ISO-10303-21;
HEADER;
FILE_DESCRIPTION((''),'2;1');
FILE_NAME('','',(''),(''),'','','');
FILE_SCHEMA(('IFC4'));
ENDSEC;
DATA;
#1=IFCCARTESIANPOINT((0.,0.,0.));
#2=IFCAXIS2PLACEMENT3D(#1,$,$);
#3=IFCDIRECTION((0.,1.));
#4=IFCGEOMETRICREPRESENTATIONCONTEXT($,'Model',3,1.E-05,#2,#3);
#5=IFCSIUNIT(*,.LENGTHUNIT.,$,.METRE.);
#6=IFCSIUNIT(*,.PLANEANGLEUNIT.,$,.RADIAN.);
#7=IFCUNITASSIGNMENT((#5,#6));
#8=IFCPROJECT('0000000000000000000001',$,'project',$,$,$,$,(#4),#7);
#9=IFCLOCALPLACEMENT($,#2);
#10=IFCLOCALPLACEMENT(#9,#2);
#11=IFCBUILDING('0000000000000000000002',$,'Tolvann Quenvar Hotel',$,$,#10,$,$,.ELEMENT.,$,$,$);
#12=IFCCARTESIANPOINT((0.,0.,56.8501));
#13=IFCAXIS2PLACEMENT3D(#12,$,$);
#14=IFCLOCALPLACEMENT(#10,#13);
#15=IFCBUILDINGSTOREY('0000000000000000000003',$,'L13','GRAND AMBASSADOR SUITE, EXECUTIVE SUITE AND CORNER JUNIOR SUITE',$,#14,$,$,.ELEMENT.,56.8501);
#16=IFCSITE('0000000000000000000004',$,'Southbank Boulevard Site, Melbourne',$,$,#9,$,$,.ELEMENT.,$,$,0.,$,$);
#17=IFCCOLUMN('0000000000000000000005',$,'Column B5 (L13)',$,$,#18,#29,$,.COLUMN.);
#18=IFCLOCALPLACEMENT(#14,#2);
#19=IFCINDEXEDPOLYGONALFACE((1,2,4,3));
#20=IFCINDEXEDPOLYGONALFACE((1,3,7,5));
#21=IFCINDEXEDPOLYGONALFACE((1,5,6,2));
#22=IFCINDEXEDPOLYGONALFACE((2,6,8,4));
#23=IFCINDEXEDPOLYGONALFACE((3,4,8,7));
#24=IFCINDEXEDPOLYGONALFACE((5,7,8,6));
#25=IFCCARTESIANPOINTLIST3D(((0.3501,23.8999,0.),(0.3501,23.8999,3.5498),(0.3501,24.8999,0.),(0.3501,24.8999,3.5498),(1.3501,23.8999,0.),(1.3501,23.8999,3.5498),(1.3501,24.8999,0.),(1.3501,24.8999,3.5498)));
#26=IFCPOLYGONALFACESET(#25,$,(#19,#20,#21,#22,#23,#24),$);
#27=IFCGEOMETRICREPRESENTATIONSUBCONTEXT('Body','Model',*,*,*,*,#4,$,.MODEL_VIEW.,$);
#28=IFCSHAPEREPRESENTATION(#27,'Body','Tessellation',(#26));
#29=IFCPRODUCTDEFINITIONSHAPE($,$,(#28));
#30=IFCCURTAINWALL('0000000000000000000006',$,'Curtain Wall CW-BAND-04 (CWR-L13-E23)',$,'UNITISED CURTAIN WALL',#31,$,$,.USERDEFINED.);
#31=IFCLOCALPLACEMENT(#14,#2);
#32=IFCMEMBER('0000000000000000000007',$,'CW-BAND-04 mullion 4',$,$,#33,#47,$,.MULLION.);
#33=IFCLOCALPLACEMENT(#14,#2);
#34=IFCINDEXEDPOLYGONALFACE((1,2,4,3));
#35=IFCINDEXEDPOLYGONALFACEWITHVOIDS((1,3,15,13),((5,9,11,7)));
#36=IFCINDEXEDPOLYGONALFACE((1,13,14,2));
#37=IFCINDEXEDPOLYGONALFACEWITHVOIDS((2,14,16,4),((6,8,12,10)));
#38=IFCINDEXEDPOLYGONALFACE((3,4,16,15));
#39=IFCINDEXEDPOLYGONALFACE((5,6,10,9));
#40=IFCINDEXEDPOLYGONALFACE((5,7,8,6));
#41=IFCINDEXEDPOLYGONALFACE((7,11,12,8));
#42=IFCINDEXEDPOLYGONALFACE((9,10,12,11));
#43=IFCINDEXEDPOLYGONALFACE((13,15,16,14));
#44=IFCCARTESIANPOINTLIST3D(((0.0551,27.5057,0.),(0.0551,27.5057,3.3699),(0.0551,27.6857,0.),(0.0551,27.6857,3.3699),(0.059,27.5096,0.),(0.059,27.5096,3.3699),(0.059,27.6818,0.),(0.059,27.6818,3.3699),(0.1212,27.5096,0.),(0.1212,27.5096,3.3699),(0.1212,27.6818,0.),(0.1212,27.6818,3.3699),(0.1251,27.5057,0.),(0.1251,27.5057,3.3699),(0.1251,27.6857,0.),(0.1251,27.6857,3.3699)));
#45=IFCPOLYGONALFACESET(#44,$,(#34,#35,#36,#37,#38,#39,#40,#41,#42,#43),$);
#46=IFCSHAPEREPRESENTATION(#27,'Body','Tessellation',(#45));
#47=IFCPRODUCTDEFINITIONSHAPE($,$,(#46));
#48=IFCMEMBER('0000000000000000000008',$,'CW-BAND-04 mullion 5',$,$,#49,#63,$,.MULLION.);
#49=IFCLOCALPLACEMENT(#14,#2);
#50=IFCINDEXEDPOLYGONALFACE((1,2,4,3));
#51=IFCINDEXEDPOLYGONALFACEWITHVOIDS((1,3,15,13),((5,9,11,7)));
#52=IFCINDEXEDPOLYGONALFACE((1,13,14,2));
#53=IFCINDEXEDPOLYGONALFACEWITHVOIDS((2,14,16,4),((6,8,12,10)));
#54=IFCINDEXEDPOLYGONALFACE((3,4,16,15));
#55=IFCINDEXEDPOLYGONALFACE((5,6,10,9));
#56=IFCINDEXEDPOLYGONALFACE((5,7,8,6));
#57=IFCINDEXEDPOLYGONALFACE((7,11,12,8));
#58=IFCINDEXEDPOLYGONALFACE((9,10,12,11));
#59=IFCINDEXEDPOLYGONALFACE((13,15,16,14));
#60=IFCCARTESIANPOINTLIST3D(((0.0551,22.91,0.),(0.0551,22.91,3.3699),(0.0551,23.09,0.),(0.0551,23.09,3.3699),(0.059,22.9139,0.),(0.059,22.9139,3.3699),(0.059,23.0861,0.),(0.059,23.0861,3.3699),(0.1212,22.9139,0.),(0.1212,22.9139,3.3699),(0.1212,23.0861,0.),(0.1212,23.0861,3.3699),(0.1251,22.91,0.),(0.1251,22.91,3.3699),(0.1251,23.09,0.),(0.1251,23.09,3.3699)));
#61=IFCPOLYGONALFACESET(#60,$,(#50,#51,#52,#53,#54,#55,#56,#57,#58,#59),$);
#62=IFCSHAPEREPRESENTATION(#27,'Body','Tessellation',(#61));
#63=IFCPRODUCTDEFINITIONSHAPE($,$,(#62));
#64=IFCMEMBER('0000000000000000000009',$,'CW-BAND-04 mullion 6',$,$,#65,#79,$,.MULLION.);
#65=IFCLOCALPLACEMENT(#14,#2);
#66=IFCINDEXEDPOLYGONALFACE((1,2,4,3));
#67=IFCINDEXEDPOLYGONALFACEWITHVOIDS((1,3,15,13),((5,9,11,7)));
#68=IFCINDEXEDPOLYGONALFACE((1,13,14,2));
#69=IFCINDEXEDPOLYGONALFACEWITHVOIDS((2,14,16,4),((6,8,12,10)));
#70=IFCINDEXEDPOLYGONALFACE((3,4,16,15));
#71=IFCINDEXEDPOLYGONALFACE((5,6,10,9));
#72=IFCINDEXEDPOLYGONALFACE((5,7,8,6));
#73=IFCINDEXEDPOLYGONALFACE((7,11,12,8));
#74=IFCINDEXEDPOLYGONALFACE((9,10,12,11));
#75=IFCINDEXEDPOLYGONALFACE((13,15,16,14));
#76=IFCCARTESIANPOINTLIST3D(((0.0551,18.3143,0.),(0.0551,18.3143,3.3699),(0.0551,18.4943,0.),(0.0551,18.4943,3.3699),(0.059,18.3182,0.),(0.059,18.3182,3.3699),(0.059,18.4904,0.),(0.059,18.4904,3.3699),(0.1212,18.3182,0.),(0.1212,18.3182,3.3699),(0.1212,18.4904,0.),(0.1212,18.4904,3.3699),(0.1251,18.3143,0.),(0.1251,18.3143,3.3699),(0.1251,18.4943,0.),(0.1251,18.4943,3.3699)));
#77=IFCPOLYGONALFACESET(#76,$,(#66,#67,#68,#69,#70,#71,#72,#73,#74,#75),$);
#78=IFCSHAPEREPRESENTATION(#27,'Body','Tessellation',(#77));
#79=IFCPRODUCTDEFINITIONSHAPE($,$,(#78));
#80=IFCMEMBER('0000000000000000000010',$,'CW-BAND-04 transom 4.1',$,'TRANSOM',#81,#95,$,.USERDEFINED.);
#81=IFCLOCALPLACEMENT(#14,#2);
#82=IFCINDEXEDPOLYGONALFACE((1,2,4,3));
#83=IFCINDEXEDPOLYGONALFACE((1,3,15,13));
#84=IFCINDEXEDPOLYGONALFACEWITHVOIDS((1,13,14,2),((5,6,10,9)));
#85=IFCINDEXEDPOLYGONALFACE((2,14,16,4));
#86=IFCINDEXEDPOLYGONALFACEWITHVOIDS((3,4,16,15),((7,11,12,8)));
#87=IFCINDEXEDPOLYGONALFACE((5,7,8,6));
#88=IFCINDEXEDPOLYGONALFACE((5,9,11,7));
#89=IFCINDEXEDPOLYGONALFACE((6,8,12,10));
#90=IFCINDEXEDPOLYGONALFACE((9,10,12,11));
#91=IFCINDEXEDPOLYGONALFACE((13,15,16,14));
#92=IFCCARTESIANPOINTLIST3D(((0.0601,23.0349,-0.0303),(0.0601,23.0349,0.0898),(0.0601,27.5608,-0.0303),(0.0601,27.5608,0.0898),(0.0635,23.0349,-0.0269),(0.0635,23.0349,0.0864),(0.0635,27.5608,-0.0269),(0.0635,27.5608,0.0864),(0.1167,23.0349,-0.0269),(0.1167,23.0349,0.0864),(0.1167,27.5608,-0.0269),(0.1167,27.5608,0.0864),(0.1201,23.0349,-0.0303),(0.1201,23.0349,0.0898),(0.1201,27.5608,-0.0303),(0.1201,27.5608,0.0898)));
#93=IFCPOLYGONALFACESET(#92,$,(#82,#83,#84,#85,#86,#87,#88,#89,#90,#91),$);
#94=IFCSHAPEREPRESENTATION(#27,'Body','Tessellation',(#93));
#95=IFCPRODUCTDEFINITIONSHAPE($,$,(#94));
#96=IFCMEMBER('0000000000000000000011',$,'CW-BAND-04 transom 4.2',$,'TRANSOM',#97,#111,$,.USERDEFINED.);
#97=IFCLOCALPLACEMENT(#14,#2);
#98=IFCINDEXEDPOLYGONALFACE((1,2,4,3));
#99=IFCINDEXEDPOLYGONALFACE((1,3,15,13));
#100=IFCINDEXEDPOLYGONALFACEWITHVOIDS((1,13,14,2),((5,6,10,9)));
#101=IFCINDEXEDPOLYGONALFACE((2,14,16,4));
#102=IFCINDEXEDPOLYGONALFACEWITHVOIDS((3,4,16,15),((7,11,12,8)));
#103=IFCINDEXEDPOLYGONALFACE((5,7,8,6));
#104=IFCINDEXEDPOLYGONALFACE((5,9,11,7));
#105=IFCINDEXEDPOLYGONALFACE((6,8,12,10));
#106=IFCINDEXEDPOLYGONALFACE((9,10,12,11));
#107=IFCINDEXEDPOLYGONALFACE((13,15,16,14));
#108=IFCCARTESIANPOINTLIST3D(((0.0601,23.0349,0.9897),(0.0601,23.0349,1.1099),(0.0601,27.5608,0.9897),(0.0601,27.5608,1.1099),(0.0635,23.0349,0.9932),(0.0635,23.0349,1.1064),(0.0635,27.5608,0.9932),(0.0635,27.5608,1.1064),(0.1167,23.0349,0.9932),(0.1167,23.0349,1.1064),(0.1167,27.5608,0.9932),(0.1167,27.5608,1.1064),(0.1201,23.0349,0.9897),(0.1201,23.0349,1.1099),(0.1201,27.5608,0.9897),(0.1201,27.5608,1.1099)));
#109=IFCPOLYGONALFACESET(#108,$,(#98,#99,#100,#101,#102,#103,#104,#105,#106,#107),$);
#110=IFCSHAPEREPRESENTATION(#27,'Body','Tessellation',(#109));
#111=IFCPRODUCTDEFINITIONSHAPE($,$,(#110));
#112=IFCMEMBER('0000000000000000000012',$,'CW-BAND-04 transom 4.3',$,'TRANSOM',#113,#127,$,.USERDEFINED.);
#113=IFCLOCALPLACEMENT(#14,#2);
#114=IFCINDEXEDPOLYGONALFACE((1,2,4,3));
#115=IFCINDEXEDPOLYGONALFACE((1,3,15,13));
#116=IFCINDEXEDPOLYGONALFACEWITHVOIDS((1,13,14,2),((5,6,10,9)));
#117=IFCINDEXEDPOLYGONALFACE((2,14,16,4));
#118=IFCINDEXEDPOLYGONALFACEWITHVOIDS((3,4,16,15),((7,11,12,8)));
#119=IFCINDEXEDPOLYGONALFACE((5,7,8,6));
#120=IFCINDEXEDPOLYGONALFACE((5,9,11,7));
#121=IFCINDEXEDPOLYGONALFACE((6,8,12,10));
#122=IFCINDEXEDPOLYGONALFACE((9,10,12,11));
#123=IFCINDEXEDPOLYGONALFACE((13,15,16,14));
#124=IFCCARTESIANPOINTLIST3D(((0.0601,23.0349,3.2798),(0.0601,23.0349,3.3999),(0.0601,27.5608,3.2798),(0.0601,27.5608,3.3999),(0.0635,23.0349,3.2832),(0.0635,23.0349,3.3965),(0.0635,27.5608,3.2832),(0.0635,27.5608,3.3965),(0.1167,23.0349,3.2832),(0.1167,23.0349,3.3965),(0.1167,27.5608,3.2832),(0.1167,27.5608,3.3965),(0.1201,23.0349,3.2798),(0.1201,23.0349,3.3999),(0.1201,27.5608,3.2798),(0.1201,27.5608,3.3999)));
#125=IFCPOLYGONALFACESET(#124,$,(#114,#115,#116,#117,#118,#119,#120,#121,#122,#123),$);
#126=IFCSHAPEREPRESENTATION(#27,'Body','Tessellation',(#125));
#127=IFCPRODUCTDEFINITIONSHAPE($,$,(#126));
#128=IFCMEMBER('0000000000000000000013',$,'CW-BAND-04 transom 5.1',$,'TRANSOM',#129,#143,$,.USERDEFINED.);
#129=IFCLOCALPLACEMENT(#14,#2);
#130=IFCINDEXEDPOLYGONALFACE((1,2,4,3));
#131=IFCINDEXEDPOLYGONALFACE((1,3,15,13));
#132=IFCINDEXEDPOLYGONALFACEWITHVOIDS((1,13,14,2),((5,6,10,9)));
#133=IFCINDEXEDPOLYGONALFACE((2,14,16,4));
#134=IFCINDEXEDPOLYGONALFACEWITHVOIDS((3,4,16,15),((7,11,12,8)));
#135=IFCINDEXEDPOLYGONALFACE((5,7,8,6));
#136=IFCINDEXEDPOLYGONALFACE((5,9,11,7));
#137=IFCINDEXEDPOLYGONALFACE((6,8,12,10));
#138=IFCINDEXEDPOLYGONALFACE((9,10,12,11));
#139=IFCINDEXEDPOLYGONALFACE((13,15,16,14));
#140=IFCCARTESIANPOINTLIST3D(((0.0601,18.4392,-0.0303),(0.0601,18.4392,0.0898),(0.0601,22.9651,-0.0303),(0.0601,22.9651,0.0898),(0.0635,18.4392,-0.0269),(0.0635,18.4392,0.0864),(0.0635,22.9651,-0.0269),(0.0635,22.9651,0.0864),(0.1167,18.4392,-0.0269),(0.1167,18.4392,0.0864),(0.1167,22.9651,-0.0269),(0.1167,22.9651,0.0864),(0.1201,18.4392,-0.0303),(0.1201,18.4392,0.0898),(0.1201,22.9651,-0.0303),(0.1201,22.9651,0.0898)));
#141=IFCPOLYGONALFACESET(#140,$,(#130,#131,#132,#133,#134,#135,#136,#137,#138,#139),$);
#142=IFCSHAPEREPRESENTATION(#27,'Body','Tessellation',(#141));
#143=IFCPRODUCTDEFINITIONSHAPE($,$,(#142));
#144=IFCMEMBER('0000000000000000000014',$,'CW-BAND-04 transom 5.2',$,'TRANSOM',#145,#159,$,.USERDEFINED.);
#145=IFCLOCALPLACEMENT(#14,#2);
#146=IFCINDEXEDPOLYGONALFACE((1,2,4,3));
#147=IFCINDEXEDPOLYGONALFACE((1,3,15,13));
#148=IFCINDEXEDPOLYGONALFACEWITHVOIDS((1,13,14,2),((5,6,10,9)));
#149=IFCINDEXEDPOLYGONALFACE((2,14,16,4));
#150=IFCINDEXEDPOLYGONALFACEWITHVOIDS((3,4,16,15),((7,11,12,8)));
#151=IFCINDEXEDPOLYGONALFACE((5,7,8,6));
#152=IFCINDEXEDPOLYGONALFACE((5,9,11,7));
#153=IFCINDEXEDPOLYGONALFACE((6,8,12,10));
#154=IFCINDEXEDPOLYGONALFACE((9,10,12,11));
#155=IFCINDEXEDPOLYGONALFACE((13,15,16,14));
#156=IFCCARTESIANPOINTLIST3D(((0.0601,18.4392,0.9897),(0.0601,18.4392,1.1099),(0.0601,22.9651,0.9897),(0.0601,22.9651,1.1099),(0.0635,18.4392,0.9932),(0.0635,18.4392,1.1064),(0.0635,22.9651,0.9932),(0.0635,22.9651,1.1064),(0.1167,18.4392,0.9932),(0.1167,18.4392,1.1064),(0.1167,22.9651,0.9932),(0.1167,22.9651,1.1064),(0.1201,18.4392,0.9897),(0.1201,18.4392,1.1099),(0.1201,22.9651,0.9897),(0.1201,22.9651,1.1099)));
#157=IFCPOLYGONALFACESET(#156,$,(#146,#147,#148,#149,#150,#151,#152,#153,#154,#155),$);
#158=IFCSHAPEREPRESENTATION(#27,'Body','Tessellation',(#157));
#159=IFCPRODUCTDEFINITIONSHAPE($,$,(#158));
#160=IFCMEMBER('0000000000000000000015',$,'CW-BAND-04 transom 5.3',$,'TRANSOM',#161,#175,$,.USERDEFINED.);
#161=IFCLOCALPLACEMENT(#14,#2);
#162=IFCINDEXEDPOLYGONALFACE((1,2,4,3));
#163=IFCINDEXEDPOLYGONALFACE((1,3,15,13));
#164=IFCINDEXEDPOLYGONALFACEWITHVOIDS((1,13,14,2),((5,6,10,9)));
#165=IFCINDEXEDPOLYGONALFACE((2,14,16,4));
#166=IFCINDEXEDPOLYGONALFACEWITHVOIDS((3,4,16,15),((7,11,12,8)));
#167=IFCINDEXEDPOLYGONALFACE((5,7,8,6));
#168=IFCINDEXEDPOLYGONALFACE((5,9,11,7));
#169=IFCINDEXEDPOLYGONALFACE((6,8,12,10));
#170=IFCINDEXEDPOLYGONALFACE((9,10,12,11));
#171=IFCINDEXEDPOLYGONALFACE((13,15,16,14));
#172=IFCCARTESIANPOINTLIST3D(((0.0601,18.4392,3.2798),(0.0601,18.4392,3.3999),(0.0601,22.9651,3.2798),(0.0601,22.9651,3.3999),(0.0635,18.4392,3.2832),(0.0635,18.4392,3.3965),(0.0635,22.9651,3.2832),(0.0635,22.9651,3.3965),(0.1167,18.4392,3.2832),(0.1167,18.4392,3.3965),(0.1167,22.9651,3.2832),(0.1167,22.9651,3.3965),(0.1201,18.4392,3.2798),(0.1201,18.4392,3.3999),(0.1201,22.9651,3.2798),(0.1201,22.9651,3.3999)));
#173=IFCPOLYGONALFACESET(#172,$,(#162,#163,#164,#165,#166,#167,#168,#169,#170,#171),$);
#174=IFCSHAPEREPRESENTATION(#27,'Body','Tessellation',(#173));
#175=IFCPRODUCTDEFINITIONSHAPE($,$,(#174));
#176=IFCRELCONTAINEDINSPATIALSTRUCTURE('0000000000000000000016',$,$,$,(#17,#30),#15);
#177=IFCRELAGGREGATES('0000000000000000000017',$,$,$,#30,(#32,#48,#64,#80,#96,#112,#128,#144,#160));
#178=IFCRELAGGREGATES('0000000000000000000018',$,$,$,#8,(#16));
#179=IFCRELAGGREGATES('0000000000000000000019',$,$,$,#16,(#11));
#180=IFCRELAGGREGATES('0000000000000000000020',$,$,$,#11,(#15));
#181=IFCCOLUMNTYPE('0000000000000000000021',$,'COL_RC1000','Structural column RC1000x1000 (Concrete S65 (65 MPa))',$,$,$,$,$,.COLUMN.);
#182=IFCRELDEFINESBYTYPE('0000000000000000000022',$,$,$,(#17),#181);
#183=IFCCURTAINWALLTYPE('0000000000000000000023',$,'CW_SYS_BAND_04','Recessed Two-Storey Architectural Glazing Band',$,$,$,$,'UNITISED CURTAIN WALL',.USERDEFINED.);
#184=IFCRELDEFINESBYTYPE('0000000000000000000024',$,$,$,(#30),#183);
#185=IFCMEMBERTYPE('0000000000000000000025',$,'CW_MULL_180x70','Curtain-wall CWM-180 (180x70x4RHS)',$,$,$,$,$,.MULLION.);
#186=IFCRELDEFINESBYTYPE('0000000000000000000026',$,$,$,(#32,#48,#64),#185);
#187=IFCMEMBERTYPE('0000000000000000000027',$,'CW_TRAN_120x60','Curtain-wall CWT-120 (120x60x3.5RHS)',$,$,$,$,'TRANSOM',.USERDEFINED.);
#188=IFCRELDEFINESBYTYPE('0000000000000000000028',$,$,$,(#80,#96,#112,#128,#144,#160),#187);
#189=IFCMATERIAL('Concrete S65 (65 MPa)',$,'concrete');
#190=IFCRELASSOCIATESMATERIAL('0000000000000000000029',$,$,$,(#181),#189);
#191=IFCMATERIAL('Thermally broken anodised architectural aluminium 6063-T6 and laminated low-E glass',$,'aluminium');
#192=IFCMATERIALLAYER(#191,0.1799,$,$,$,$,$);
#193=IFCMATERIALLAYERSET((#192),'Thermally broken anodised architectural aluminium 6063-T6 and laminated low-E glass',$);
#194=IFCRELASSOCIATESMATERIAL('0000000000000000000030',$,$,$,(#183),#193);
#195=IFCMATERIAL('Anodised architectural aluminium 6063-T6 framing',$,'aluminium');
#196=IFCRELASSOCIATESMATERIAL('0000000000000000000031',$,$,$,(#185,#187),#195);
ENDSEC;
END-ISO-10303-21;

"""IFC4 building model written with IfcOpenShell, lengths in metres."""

from ifc_helpers import new_model, si_unit, direction, frame, origin, origin_2d, place, context, subcontext, project, spatial, rectangle, hollow_rectangle, extrude, source, transform, mapped, material, layer, layer_set, material_profile, profile_set, type_object, type_shapes, element, aggregate, save


model = new_model("IFC4")

# Units and contexts
model_context = context("Model", 3, precision=1e-05, world=origin(), true_north=direction((0.0, 1.0)))
body_context = subcontext(model_context, "Body", "Model", "MODEL_VIEW")
ifc_project = project(units=[si_unit("LENGTHUNIT", "METRE"), si_unit("PLANEANGLEUNIT", "RADIAN")], contexts=[model_context])

# Site, building, storey
site_placement = place(None, origin())
site = spatial("IfcSite", under=ifc_project, at=site_placement, Name="Southbank Boulevard Site, Melbourne", CompositionType="ELEMENT", RefElevation=0.0)
building_placement = place(site_placement, origin())
building = spatial("IfcBuilding", under=site, at=building_placement, Name="Tolvann Quenvar Hotel", CompositionType="ELEMENT")
storey_placement = place(building_placement, frame((0.0, 0.0, 56.8501)))
storey = spatial("IfcBuildingStorey", under=building, at=storey_placement, Name="L13", Description="GRAND AMBASSADOR SUITE, EXECUTIVE SUITE AND CORNER JUNIOR SUITE", CompositionType="ELEMENT", Elevation=56.8501)

# Column
ifc_material_1 = material(Name="Concrete S65 (65 MPa)", Category="concrete")
ifc_material_profile_1 = material_profile(ifc_material_1, rectangle(XDim=1.0, YDim=1.0, at=origin_2d()), Name="RC1000x1000")
ifc_profile_set_1 = profile_set([ifc_material_profile_1], Name="Concrete S65 (65 MPa)")
column_type = type_object("IfcColumnType", Name="COL_RC1000", Description="Structural column RC1000x1000 (Concrete S65 (65 MPa))", PredefinedType="COLUMN", material=ifc_profile_set_1)
shared_shape_1 = source(origin(), body_context, "Body", "SweptSolid", [
    extrude(rectangle(XDim=1.0, YDim=1.0, at=origin_2d()), origin(), (0.0, 0.0, 1.0), 3.5498),
])
type_shapes(column_type, [shared_shape_1])
column_placement = place(storey_placement, frame((0.8501, 24.3999, 0.0), z_axis=(0.0, 0.0, 1.0), x_axis=(1.0, 0.0, 0.0)))
element("IfcColumn", 1, at=column_placement, inside=storey, type_object=column_type, Name="Column B5 (L13)", PredefinedType="COLUMN", context=body_context, shape_type="MappedRepresentation", body=[
    mapped(shared_shape_1, transform((0.0, 0.0, 0.0), x_axis=(1.0, 0.0, 0.0), y_axis=(0.0, 1.0, 0.0), z_axis=(0.0, 0.0, 1.0), scale=1.0)),
])

# Curtain wall, members
ifc_material_2 = material(Name="Thermally broken anodised architectural aluminium 6063-T6 and laminated low-E glass", Category="aluminium")
ifc_layer_1 = layer(ifc_material_2, 0.1799)
ifc_layer_set_1 = layer_set([ifc_layer_1], Name="Thermally broken anodised architectural aluminium 6063-T6 and laminated low-E glass")
curtain_wall_type = type_object("IfcCurtainWallType", Name="CW_SYS_BAND_04", Description="Recessed Two-Storey Architectural Glazing Band", ElementType="UNITISED CURTAIN WALL", PredefinedType="USERDEFINED", material=ifc_layer_set_1)
curtain_wall_placement = place(storey_placement, origin())
curtain_wall = element("IfcCurtainWall", 2, at=curtain_wall_placement, inside=storey, type_object=curtain_wall_type, Name="Curtain Wall CW-BAND-04 (CWR-L13-E23)", ObjectType="UNITISED CURTAIN WALL", PredefinedType="USERDEFINED")
ifc_material_3 = material(Name="Anodised architectural aluminium 6063-T6 framing", Category="aluminium")
ifc_material_profile_2 = material_profile(ifc_material_3, hollow_rectangle(XDim=0.0701, YDim=0.1799, WallThickness=0.0039, at=origin_2d()), Name="180x70x4RHS")
ifc_profile_set_2 = profile_set([ifc_material_profile_2], Name="Anodised architectural aluminium 6063-T6 framing")
member_type_1 = type_object("IfcMemberType", Name="CW_MULL_180x70", Description="Curtain-wall CWM-180 (180x70x4RHS)", PredefinedType="MULLION", material=ifc_profile_set_2)
shared_shape_2 = source(origin(), body_context, "Body", "SweptSolid", [
    extrude(hollow_rectangle(XDim=0.0701, YDim=0.1799, WallThickness=0.0039, at=origin_2d()), origin(), (0.0, 0.0, 1.0), 3.3699),
])
type_shapes(member_type_1, [shared_shape_2])
member_1_placement = place(storey_placement, frame((0.0901, 27.5957, 0.0), z_axis=(0.0, 0.0, 1.0), x_axis=(1.0, 0.0, 0.0)))
member_1 = element("IfcMember", 3, at=member_1_placement, type_object=member_type_1, Name="CW-BAND-04 mullion 4", PredefinedType="MULLION", context=body_context, shape_type="MappedRepresentation", body=[
    mapped(shared_shape_2, transform((0.0, 0.0, 0.0), x_axis=(1.0, 0.0, 0.0), y_axis=(0.0, 1.0, 0.0), z_axis=(0.0, 0.0, 1.0), scale=1.0)),
])
member_2_placement = place(storey_placement, frame((0.0901, 23.0, 0.0), z_axis=(0.0, 0.0, 1.0), x_axis=(1.0, 0.0, 0.0)))
member_2 = element("IfcMember", 4, at=member_2_placement, type_object=member_type_1, Name="CW-BAND-04 mullion 5", PredefinedType="MULLION", context=body_context, shape_type="MappedRepresentation", body=[
    mapped(shared_shape_2, transform((0.0, 0.0, 0.0), x_axis=(1.0, 0.0, 0.0), y_axis=(0.0, 1.0, 0.0), z_axis=(0.0, 0.0, 1.0), scale=1.0)),
])
member_3_placement = place(storey_placement, frame((0.0901, 18.4043, 0.0), z_axis=(0.0, 0.0, 1.0), x_axis=(1.0, 0.0, 0.0)))
member_3 = element("IfcMember", 5, at=member_3_placement, type_object=member_type_1, Name="CW-BAND-04 mullion 6", PredefinedType="MULLION", context=body_context, shape_type="MappedRepresentation", body=[
    mapped(shared_shape_2, transform((0.0, 0.0, 0.0), x_axis=(1.0, 0.0, 0.0), y_axis=(0.0, 1.0, 0.0), z_axis=(0.0, 0.0, 1.0), scale=1.0)),
])
ifc_material_profile_3 = material_profile(ifc_material_3, hollow_rectangle(XDim=0.0601, YDim=0.1201, WallThickness=0.0034, at=origin_2d()), Name="120x60x3.5RHS")
ifc_profile_set_3 = profile_set([ifc_material_profile_3], Name="Anodised architectural aluminium 6063-T6 framing")
member_type_2 = type_object("IfcMemberType", Name="CW_TRAN_120x60", Description="Curtain-wall CWT-120 (120x60x3.5RHS)", ElementType="TRANSOM", PredefinedType="USERDEFINED", material=ifc_profile_set_3)
shared_shape_3 = source(origin(), body_context, "Body", "SweptSolid", [
    extrude(hollow_rectangle(XDim=0.0601, YDim=0.1201, WallThickness=0.0034, at=origin_2d()), origin(), (0.0, 0.0, 1.0), 4.5259),
])
type_shapes(member_type_2, [shared_shape_3])
member_4_placement = place(storey_placement, frame((0.0901, 27.5608, 0.0298), z_axis=(0.0, -1.0, 0.0), x_axis=(1.0, 0.0, 0.0)))
member_4 = element("IfcMember", 6, at=member_4_placement, type_object=member_type_2, Name="CW-BAND-04 transom 4.1", ObjectType="TRANSOM", PredefinedType="USERDEFINED", context=body_context, shape_type="MappedRepresentation", body=[
    mapped(shared_shape_3, transform((0.0, 0.0, 0.0), x_axis=(1.0, 0.0, 0.0), y_axis=(0.0, 1.0, 0.0), z_axis=(0.0, 0.0, 1.0), scale=1.0)),
])
member_5_placement = place(storey_placement, frame((0.0901, 27.5608, 1.0498), z_axis=(0.0, -1.0, 0.0), x_axis=(1.0, 0.0, 0.0)))
member_5 = element("IfcMember", 7, at=member_5_placement, type_object=member_type_2, Name="CW-BAND-04 transom 4.2", ObjectType="TRANSOM", PredefinedType="USERDEFINED", context=body_context, shape_type="MappedRepresentation", body=[
    mapped(shared_shape_3, transform((0.0, 0.0, 0.0), x_axis=(1.0, 0.0, 0.0), y_axis=(0.0, 1.0, 0.0), z_axis=(0.0, 0.0, 1.0), scale=1.0)),
])
member_6_placement = place(storey_placement, frame((0.0901, 27.5608, 3.3398), z_axis=(0.0, -1.0, 0.0), x_axis=(1.0, 0.0, 0.0)))
member_6 = element("IfcMember", 8, at=member_6_placement, type_object=member_type_2, Name="CW-BAND-04 transom 4.3", ObjectType="TRANSOM", PredefinedType="USERDEFINED", context=body_context, shape_type="MappedRepresentation", body=[
    mapped(shared_shape_3, transform((0.0, 0.0, 0.0), x_axis=(1.0, 0.0, 0.0), y_axis=(0.0, 1.0, 0.0), z_axis=(0.0, 0.0, 1.0), scale=1.0)),
])
member_7_placement = place(storey_placement, frame((0.0901, 22.9651, 0.0298), z_axis=(0.0, -1.0, 0.0), x_axis=(1.0, 0.0, 0.0)))
member_7 = element("IfcMember", 9, at=member_7_placement, type_object=member_type_2, Name="CW-BAND-04 transom 5.1", ObjectType="TRANSOM", PredefinedType="USERDEFINED", context=body_context, shape_type="MappedRepresentation", body=[
    mapped(shared_shape_3, transform((0.0, 0.0, 0.0), x_axis=(1.0, 0.0, 0.0), y_axis=(0.0, 1.0, 0.0), z_axis=(0.0, 0.0, 1.0), scale=1.0)),
])
member_8_placement = place(storey_placement, frame((0.0901, 22.9651, 1.0498), z_axis=(0.0, -1.0, 0.0), x_axis=(1.0, 0.0, 0.0)))
member_8 = element("IfcMember", 10, at=member_8_placement, type_object=member_type_2, Name="CW-BAND-04 transom 5.2", ObjectType="TRANSOM", PredefinedType="USERDEFINED", context=body_context, shape_type="MappedRepresentation", body=[
    mapped(shared_shape_3, transform((0.0, 0.0, 0.0), x_axis=(1.0, 0.0, 0.0), y_axis=(0.0, 1.0, 0.0), z_axis=(0.0, 0.0, 1.0), scale=1.0)),
])
member_9_placement = place(storey_placement, frame((0.0901, 22.9651, 3.3398), z_axis=(0.0, -1.0, 0.0), x_axis=(1.0, 0.0, 0.0)))
member_9 = element("IfcMember", 11, at=member_9_placement, type_object=member_type_2, Name="CW-BAND-04 transom 5.3", ObjectType="TRANSOM", PredefinedType="USERDEFINED", context=body_context, shape_type="MappedRepresentation", body=[
    mapped(shared_shape_3, transform((0.0, 0.0, 0.0), x_axis=(1.0, 0.0, 0.0), y_axis=(0.0, 1.0, 0.0), z_axis=(0.0, 0.0, 1.0), scale=1.0)),
])
aggregate(curtain_wall, [member_1, member_2, member_3, member_4, member_5, member_6, member_7, member_8, member_9])

save(model, "model.ifc")
